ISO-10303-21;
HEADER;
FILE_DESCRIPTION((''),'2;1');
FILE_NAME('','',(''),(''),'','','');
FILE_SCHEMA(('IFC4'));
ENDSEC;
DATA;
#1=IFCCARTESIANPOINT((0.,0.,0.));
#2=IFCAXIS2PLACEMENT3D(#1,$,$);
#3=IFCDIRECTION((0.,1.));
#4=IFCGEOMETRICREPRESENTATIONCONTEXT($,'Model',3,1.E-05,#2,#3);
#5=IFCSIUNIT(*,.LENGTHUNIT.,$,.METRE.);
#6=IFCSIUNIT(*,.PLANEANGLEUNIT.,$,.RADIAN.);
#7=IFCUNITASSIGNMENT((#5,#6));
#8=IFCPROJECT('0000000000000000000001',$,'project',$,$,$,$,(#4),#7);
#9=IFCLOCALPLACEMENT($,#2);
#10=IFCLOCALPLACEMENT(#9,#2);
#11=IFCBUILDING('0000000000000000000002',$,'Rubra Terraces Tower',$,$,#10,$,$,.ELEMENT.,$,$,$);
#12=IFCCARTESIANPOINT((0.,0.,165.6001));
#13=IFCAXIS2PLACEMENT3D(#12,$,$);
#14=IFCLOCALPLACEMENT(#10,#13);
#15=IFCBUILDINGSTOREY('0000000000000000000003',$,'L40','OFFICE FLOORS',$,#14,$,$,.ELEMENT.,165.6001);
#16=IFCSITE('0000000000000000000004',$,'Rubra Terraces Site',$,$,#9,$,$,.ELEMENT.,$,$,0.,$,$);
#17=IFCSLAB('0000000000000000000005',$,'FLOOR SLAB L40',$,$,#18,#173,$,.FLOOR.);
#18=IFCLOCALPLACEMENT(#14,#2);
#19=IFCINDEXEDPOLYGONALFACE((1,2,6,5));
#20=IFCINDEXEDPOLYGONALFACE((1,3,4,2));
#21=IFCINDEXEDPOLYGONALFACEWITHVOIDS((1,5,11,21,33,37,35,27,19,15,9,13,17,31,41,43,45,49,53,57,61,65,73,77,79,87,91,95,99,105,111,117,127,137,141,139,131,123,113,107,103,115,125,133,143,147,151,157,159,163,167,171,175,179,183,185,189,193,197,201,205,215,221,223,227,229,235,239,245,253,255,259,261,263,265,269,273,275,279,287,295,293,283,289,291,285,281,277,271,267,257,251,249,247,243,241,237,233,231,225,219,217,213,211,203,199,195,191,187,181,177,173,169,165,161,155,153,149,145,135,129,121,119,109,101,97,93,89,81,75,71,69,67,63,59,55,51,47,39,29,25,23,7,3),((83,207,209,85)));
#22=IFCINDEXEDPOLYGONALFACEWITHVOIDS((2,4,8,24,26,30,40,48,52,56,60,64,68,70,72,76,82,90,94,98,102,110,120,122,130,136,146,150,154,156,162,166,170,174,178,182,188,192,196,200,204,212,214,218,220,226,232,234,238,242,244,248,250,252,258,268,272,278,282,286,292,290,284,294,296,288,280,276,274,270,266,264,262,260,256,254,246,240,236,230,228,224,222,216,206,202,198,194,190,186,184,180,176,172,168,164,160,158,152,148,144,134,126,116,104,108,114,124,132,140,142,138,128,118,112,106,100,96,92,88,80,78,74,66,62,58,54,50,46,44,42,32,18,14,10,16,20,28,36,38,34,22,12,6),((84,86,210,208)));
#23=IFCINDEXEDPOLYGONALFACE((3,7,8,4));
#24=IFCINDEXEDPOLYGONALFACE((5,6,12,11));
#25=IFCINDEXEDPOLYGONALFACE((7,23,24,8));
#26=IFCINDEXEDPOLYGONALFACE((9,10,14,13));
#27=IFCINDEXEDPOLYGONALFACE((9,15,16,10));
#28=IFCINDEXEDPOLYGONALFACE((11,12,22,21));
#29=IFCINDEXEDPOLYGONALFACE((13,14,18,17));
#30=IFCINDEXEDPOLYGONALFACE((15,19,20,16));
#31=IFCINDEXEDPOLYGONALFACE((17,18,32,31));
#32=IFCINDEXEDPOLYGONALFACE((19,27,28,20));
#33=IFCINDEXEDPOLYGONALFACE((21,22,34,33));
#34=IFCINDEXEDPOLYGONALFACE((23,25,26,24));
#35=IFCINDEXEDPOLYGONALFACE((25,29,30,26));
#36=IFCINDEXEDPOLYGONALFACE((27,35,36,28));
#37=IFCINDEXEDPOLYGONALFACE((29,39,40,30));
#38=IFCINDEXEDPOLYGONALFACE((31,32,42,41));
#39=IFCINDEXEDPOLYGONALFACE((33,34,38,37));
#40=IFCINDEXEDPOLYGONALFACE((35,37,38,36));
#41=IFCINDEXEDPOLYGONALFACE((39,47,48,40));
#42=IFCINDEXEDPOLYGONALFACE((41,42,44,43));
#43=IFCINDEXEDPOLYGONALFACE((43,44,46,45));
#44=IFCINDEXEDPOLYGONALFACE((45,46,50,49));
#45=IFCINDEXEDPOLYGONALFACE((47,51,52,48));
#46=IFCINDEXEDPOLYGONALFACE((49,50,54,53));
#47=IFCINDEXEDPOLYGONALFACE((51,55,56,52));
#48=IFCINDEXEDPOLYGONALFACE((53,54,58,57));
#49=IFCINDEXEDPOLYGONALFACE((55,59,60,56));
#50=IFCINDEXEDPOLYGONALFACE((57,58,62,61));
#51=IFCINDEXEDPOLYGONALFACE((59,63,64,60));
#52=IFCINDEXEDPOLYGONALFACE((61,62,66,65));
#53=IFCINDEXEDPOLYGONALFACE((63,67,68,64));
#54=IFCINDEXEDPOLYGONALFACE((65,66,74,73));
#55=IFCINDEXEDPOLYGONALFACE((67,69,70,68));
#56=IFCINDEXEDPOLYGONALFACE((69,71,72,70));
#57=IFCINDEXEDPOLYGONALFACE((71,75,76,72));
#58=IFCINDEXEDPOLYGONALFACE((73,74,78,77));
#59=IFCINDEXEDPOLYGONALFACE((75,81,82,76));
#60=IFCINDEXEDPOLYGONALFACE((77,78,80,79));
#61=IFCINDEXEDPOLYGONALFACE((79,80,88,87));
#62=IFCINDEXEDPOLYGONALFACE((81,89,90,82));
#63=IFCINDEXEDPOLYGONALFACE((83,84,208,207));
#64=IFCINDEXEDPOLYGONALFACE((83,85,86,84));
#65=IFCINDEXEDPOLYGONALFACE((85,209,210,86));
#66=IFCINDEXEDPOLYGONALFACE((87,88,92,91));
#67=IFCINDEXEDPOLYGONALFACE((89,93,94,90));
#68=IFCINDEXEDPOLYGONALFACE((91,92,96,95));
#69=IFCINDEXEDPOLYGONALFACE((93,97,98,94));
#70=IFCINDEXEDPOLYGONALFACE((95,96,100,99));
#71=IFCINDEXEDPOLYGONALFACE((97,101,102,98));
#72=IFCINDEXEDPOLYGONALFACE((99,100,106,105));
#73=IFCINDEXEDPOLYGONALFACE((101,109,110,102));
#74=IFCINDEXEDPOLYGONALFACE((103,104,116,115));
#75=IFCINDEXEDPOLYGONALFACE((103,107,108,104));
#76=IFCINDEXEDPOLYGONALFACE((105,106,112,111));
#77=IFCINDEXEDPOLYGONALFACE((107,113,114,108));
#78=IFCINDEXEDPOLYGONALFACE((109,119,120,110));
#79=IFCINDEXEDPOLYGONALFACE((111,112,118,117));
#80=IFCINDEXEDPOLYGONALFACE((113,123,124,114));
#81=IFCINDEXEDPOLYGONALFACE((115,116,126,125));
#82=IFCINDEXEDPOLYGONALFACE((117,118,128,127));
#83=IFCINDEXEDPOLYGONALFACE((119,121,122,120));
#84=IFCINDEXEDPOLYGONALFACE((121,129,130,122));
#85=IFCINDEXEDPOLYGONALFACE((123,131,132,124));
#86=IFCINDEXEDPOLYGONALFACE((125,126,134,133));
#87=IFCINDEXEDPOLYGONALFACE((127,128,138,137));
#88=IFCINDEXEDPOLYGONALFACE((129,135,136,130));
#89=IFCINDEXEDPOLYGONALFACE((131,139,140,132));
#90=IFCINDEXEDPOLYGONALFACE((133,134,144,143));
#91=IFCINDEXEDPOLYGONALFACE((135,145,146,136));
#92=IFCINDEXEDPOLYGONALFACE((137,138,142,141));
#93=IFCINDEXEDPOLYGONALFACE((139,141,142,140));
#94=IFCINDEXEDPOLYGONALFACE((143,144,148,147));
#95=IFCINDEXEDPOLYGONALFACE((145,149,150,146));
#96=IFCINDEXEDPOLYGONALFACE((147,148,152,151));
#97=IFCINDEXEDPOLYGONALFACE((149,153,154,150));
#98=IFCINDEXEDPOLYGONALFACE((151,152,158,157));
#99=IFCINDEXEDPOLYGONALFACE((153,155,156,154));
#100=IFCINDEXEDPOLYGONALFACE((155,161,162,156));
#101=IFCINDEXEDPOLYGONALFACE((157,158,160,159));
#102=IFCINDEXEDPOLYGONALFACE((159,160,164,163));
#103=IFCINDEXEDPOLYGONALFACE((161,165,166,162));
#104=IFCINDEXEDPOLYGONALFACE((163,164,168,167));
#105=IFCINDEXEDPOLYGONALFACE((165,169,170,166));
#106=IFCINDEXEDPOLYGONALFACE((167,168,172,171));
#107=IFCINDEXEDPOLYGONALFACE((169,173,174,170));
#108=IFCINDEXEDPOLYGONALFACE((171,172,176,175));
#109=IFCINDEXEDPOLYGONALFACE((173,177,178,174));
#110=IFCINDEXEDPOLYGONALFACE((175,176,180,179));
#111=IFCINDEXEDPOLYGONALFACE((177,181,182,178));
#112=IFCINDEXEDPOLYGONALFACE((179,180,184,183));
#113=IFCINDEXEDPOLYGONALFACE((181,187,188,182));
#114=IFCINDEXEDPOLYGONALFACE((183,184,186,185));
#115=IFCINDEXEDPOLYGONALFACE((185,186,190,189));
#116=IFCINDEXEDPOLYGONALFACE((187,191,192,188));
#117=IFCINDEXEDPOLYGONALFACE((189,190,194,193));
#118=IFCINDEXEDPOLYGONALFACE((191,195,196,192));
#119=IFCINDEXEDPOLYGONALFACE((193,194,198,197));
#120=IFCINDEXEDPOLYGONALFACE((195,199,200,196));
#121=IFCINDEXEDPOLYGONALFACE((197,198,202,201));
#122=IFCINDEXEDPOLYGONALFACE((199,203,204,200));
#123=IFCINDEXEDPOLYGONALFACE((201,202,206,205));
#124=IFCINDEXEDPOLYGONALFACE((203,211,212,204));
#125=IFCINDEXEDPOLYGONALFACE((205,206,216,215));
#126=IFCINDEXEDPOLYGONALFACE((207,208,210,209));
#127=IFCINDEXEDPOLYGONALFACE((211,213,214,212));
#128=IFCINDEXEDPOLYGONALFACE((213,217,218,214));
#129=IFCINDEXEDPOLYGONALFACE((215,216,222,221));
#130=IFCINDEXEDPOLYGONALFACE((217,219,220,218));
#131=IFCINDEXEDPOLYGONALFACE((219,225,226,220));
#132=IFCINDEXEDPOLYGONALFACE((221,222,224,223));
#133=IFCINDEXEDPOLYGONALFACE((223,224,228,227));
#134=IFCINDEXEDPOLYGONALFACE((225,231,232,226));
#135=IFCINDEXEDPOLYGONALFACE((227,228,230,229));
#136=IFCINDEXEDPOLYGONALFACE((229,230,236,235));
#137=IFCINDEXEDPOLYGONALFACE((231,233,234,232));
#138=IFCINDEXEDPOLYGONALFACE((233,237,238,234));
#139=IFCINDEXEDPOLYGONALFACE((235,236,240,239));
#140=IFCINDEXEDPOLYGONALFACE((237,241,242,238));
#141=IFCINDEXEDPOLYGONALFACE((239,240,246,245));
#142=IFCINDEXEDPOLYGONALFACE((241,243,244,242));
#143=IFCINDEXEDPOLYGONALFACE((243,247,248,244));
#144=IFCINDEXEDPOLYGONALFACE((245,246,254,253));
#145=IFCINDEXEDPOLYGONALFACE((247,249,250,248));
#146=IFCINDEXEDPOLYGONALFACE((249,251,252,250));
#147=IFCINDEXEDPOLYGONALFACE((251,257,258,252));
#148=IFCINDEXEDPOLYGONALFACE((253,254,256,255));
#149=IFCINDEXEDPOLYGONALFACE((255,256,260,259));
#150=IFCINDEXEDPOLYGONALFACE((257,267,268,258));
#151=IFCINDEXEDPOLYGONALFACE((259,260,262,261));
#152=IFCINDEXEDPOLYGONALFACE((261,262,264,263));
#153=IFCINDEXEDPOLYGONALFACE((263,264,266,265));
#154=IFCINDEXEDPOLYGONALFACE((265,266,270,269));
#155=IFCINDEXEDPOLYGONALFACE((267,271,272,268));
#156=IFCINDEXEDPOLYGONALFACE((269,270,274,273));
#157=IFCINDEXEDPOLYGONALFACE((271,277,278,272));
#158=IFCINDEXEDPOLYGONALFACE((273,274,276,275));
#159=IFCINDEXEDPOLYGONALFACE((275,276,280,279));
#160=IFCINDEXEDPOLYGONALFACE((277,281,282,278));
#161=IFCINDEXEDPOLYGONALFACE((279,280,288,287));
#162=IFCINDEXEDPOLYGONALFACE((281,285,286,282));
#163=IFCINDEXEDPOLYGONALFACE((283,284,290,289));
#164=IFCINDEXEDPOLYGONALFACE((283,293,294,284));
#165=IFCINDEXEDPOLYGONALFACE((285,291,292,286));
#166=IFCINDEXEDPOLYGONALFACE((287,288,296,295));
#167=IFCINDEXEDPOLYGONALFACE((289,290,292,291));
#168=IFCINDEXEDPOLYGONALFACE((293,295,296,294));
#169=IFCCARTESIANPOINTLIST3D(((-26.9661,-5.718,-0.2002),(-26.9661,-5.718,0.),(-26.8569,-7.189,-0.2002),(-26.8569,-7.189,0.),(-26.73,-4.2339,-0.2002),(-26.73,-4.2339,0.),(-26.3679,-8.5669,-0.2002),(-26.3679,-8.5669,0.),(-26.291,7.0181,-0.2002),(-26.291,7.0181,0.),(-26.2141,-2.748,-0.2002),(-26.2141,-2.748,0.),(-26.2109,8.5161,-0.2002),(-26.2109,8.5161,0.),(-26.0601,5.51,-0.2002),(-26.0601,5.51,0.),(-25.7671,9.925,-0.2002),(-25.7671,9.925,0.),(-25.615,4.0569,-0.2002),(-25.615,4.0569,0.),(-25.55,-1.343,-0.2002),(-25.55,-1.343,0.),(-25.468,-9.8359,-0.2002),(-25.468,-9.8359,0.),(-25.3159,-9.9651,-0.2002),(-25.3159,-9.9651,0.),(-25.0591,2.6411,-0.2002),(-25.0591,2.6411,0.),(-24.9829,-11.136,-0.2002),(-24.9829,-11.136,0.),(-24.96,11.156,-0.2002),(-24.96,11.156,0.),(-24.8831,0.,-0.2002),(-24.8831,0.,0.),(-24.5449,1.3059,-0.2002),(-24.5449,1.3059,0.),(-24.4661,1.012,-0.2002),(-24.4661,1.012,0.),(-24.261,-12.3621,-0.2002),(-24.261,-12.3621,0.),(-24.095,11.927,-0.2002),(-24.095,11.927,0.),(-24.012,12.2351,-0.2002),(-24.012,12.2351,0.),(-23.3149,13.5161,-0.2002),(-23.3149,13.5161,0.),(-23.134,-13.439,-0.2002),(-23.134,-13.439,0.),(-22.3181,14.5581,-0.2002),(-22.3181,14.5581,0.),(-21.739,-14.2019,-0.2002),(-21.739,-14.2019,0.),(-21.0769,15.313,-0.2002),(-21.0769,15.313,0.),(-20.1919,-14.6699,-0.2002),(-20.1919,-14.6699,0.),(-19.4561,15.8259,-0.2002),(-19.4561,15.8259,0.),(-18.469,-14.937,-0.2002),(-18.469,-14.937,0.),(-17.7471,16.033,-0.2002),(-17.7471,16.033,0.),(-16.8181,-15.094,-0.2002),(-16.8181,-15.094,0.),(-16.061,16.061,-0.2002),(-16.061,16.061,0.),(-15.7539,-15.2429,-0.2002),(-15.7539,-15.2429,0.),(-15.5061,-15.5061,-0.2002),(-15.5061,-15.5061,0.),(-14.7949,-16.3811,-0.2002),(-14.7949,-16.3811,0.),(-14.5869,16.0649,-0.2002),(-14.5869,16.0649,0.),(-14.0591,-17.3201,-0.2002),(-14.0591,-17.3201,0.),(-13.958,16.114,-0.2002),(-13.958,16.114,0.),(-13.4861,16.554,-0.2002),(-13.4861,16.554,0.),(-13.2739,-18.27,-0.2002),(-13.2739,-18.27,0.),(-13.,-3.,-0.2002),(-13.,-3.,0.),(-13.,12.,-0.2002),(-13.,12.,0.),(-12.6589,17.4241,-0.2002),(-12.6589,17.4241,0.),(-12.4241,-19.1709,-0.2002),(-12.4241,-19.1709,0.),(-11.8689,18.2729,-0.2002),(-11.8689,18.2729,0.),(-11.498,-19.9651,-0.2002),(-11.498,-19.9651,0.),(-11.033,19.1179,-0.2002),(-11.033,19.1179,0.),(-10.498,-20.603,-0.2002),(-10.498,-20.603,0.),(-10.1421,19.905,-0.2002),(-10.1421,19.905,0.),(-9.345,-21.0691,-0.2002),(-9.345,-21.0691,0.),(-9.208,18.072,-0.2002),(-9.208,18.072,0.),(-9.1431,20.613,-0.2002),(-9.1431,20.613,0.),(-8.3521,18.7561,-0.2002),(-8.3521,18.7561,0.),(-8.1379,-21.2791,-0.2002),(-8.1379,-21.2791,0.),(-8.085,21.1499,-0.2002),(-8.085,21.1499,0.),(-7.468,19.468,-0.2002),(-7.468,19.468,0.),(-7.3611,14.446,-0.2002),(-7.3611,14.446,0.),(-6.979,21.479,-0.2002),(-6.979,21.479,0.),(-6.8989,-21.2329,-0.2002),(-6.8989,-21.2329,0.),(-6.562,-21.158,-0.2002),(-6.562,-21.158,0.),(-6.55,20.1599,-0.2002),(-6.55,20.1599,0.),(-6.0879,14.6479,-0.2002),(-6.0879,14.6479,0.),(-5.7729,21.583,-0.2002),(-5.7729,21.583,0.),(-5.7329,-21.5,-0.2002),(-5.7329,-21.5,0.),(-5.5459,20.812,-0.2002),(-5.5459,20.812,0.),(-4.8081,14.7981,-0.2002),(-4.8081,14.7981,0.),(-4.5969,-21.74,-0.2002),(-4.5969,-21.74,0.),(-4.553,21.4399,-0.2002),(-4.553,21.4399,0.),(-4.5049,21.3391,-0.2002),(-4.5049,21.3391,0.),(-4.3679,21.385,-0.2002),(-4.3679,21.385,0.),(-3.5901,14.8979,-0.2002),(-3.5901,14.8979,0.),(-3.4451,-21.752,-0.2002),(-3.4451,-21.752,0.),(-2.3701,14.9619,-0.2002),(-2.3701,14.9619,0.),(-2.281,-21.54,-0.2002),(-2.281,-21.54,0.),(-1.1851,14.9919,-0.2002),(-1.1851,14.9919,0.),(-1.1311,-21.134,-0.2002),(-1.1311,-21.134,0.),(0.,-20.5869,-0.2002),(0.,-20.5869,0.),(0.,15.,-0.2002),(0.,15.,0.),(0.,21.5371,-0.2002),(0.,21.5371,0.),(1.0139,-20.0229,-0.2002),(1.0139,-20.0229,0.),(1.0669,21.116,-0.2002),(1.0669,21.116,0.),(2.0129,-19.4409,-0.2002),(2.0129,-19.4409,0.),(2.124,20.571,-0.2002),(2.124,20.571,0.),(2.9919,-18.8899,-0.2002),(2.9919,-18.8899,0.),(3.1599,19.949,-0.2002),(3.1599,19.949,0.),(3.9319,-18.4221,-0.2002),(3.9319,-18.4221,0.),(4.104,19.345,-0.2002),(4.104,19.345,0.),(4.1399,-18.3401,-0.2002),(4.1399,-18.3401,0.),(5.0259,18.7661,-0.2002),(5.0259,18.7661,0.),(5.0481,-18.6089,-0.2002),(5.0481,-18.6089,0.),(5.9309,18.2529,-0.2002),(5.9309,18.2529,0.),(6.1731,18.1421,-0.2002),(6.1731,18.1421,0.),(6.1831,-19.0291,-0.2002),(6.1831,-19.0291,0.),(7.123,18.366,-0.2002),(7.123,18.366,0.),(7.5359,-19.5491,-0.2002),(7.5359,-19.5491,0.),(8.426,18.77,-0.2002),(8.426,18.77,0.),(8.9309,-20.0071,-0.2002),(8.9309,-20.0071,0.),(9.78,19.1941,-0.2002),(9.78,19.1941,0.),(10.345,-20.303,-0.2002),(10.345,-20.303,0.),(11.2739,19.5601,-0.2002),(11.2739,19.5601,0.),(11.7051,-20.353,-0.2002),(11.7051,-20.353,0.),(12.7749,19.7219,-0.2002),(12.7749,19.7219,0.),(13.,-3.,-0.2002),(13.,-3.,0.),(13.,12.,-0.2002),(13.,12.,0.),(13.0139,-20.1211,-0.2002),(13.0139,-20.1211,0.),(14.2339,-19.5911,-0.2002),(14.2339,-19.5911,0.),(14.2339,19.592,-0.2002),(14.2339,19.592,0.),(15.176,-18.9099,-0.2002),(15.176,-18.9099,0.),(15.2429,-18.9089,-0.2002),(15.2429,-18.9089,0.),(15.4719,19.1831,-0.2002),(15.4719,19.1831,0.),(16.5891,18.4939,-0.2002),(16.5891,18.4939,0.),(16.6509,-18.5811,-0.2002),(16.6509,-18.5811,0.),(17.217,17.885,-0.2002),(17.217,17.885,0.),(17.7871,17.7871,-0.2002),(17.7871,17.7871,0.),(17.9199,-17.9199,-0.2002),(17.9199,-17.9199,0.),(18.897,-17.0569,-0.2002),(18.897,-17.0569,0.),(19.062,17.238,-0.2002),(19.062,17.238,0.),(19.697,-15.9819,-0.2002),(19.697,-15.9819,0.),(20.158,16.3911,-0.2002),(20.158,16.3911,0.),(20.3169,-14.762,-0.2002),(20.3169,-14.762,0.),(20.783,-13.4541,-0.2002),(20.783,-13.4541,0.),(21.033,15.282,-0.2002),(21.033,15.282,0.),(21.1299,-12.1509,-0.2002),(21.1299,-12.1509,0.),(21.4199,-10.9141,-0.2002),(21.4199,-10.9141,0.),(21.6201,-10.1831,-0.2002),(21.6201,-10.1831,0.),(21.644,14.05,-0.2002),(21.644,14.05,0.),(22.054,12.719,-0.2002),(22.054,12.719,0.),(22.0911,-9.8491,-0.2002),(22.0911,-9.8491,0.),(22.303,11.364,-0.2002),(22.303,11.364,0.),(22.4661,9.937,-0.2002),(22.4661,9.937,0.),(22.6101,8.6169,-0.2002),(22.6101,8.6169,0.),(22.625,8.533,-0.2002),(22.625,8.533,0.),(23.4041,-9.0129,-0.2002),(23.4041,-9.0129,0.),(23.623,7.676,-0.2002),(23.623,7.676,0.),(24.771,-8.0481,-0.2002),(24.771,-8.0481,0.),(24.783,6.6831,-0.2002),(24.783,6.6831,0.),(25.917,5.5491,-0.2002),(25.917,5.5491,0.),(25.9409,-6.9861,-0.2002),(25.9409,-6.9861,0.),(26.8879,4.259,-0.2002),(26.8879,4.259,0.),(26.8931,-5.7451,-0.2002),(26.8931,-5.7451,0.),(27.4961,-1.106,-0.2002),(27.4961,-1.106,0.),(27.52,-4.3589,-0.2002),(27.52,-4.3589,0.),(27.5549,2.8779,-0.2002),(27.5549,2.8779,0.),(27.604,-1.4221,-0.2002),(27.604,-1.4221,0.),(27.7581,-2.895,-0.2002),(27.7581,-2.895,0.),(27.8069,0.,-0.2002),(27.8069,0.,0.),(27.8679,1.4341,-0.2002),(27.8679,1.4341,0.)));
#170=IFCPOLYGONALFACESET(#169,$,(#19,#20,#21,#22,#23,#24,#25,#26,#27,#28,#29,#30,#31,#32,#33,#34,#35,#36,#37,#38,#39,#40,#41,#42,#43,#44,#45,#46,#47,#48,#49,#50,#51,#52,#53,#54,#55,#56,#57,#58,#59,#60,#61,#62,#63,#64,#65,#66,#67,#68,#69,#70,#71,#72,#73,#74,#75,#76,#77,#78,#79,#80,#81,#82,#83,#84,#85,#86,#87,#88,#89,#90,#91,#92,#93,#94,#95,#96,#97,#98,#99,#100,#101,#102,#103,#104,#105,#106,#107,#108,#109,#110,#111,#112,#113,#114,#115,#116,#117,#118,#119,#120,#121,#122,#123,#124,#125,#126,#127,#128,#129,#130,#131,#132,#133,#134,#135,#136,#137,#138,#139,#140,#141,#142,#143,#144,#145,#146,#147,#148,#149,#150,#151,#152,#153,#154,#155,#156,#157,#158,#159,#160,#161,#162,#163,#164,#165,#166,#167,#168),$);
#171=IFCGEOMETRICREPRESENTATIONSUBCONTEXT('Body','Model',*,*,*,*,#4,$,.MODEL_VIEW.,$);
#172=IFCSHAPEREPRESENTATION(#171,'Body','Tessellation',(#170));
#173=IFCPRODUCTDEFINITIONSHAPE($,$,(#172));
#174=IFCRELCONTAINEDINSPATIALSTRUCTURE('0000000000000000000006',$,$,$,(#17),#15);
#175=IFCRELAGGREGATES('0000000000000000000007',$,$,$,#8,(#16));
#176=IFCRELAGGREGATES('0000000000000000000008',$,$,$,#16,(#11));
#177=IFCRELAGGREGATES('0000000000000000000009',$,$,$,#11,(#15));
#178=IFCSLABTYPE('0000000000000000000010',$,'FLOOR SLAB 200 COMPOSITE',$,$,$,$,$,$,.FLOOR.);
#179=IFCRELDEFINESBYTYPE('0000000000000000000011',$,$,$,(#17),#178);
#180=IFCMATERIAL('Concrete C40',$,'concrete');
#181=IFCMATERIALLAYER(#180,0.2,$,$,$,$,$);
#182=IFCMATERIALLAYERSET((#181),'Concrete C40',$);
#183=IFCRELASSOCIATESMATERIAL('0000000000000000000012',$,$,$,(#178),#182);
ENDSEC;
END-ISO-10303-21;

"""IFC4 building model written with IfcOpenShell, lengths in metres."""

from ifc_helpers import new_model, si_unit, direction, frame, origin, place, context, subcontext, project, spatial, polyline, outline, extrude, material, layer, layer_set, type_object, element, save


model = new_model("IFC4")

# Units and contexts
model_context = context("Model", 3, precision=1e-05, world=origin(), true_north=direction((0.0, 1.0)))
body_context = subcontext(model_context, "Body", "Model", "MODEL_VIEW")
ifc_project = project(units=[si_unit("LENGTHUNIT", "METRE"), si_unit("PLANEANGLEUNIT", "RADIAN")], contexts=[model_context])

# Site, building, storey
site_placement = place(None, origin())
site = spatial("IfcSite", under=ifc_project, at=site_placement, Name="Rubra Terraces Site", CompositionType="ELEMENT", RefElevation=0.0)
building_placement = place(site_placement, origin())
building = spatial("IfcBuilding", under=site, at=building_placement, Name="Rubra Terraces Tower", CompositionType="ELEMENT")
storey_placement = place(building_placement, frame((0.0, 0.0, 165.6001)))
storey = spatial("IfcBuildingStorey", under=building, at=storey_placement, Name="L40", Description="OFFICE FLOORS", CompositionType="ELEMENT", Elevation=165.6001)

# Shared definitions
ifc_material_1 = material(Name="Concrete C40", Category="concrete")

# Slab
ifc_layer_1 = layer(ifc_material_1, 0.2)
ifc_layer_set_1 = layer_set([ifc_layer_1], Name="Concrete C40")
slab_type_1 = type_object("IfcSlabType", Name="FLOOR SLAB 200 COMPOSITE", PredefinedType="FLOOR", material=ifc_layer_set_1)
slab_1_placement = place(storey_placement, frame((0.0, 0.0, -0.2002)))
element("IfcSlab", 1, at=slab_1_placement, inside=storey, type_object=slab_type_1, Name="FLOOR SLAB L40", PredefinedType="FLOOR", context=body_context, shape_type="SweptSolid", body=[
    extrude(outline(polyline([(1.0139, -20.0229), (2.0129, -19.4409), (2.9919, -18.8899), (3.9319, -18.4221), (4.1399, -18.3401), (5.0481, -18.6089), (6.1831, -19.0291), (7.5359, -19.5491), (8.9309, -20.0071), (10.345, -20.303), (11.7051, -20.353), (13.0139, -20.1211), (14.2339, -19.5911), (15.176, -18.9099), (15.2429, -18.9089), (16.6509, -18.5811), (17.9199, -17.9199), (18.897, -17.0569), (19.697, -15.9819), (20.3169, -14.762), (20.783, -13.4541), (21.1299, -12.1509), (21.4199, -10.9141), (21.6201, -10.1831), (22.0911, -9.8491), (23.4041, -9.0129), (24.771, -8.0481), (25.9409, -6.9861), (26.8931, -5.7451), (27.52, -4.3589), (27.7581, -2.895), (27.604, -1.4221), (27.4961, -1.106), (27.8069, 0.0), (27.8679, 1.4341), (27.5549, 2.8779), (26.8879, 4.259), (25.917, 5.5491), (24.783, 6.6831), (23.623, 7.676), (22.625, 8.533), (22.6101, 8.6169), (22.4661, 9.937), (22.303, 11.364), (22.054, 12.719), (21.644, 14.05), (21.033, 15.282), (20.158, 16.3911), (19.062, 17.238), (17.7871, 17.7871), (17.217, 17.885), (16.5891, 18.4939), (15.4719, 19.1831), (14.2339, 19.592), (12.7749, 19.7219), (11.2739, 19.5601), (9.78, 19.1941), (8.426, 18.77), (7.123, 18.366), (6.1731, 18.1421), (5.9309, 18.2529), (5.0259, 18.7661), (4.104, 19.345), (3.1599, 19.949), (2.124, 20.571), (1.0669, 21.116), (0.0, 21.5371), (0.0, 15.0), (-1.1851, 14.9919), (-2.3701, 14.9619), (-3.5901, 14.8979), (-4.8081, 14.7981), (-6.0879, 14.6479), (-7.3611, 14.446), (-9.208, 18.072), (-8.3521, 18.7561), (-7.468, 19.468), (-6.55, 20.1599), (-5.5459, 20.812), (-4.5049, 21.3391), (-4.3679, 21.385), (-4.553, 21.4399), (-5.7729, 21.583), (-6.979, 21.479), (-8.085, 21.1499), (-9.1431, 20.613), (-10.1421, 19.905), (-11.033, 19.1179), (-11.8689, 18.2729), (-12.6589, 17.4241), (-13.4861, 16.554), (-13.958, 16.114), (-14.5869, 16.0649), (-16.061, 16.061), (-17.7471, 16.033), (-19.4561, 15.8259), (-21.0769, 15.313), (-22.3181, 14.5581), (-23.3149, 13.5161), (-24.012, 12.2351), (-24.095, 11.927), (-24.96, 11.156), (-25.7671, 9.925), (-26.2109, 8.5161), (-26.291, 7.0181), (-26.0601, 5.51), (-25.615, 4.0569), (-25.0591, 2.6411), (-24.5449, 1.3059), (-24.4661, 1.012), (-24.8831, 0.0), (-25.55, -1.343), (-26.2141, -2.748), (-26.73, -4.2339), (-26.9661, -5.718), (-26.8569, -7.189), (-26.3679, -8.5669), (-25.468, -9.8359), (-25.3159, -9.9651), (-24.9829, -11.136), (-24.261, -12.3621), (-23.134, -13.439), (-21.739, -14.2019), (-20.1919, -14.6699), (-18.469, -14.937), (-16.8181, -15.094), (-15.7539, -15.2429), (-15.5061, -15.5061), (-14.7949, -16.3811), (-14.0591, -17.3201), (-13.2739, -18.27), (-12.4241, -19.1709), (-11.498, -19.9651), (-10.498, -20.603), (-9.345, -21.0691), (-8.1379, -21.2791), (-6.8989, -21.2329), (-6.562, -21.158), (-5.7329, -21.5), (-4.5969, -21.74), (-3.4451, -21.752), (-2.281, -21.54), (-1.1311, -21.134), (0.0, -20.5869), (1.0139, -20.0229)]), holes=[polyline([(13.0, 12.0), (13.0, -3.0), (-13.0, -3.0), (-13.0, 12.0), (13.0, 12.0)])]), origin(), (0.0, 0.0, 1.0), 0.2002),
])

save(model, "model.ifc")
